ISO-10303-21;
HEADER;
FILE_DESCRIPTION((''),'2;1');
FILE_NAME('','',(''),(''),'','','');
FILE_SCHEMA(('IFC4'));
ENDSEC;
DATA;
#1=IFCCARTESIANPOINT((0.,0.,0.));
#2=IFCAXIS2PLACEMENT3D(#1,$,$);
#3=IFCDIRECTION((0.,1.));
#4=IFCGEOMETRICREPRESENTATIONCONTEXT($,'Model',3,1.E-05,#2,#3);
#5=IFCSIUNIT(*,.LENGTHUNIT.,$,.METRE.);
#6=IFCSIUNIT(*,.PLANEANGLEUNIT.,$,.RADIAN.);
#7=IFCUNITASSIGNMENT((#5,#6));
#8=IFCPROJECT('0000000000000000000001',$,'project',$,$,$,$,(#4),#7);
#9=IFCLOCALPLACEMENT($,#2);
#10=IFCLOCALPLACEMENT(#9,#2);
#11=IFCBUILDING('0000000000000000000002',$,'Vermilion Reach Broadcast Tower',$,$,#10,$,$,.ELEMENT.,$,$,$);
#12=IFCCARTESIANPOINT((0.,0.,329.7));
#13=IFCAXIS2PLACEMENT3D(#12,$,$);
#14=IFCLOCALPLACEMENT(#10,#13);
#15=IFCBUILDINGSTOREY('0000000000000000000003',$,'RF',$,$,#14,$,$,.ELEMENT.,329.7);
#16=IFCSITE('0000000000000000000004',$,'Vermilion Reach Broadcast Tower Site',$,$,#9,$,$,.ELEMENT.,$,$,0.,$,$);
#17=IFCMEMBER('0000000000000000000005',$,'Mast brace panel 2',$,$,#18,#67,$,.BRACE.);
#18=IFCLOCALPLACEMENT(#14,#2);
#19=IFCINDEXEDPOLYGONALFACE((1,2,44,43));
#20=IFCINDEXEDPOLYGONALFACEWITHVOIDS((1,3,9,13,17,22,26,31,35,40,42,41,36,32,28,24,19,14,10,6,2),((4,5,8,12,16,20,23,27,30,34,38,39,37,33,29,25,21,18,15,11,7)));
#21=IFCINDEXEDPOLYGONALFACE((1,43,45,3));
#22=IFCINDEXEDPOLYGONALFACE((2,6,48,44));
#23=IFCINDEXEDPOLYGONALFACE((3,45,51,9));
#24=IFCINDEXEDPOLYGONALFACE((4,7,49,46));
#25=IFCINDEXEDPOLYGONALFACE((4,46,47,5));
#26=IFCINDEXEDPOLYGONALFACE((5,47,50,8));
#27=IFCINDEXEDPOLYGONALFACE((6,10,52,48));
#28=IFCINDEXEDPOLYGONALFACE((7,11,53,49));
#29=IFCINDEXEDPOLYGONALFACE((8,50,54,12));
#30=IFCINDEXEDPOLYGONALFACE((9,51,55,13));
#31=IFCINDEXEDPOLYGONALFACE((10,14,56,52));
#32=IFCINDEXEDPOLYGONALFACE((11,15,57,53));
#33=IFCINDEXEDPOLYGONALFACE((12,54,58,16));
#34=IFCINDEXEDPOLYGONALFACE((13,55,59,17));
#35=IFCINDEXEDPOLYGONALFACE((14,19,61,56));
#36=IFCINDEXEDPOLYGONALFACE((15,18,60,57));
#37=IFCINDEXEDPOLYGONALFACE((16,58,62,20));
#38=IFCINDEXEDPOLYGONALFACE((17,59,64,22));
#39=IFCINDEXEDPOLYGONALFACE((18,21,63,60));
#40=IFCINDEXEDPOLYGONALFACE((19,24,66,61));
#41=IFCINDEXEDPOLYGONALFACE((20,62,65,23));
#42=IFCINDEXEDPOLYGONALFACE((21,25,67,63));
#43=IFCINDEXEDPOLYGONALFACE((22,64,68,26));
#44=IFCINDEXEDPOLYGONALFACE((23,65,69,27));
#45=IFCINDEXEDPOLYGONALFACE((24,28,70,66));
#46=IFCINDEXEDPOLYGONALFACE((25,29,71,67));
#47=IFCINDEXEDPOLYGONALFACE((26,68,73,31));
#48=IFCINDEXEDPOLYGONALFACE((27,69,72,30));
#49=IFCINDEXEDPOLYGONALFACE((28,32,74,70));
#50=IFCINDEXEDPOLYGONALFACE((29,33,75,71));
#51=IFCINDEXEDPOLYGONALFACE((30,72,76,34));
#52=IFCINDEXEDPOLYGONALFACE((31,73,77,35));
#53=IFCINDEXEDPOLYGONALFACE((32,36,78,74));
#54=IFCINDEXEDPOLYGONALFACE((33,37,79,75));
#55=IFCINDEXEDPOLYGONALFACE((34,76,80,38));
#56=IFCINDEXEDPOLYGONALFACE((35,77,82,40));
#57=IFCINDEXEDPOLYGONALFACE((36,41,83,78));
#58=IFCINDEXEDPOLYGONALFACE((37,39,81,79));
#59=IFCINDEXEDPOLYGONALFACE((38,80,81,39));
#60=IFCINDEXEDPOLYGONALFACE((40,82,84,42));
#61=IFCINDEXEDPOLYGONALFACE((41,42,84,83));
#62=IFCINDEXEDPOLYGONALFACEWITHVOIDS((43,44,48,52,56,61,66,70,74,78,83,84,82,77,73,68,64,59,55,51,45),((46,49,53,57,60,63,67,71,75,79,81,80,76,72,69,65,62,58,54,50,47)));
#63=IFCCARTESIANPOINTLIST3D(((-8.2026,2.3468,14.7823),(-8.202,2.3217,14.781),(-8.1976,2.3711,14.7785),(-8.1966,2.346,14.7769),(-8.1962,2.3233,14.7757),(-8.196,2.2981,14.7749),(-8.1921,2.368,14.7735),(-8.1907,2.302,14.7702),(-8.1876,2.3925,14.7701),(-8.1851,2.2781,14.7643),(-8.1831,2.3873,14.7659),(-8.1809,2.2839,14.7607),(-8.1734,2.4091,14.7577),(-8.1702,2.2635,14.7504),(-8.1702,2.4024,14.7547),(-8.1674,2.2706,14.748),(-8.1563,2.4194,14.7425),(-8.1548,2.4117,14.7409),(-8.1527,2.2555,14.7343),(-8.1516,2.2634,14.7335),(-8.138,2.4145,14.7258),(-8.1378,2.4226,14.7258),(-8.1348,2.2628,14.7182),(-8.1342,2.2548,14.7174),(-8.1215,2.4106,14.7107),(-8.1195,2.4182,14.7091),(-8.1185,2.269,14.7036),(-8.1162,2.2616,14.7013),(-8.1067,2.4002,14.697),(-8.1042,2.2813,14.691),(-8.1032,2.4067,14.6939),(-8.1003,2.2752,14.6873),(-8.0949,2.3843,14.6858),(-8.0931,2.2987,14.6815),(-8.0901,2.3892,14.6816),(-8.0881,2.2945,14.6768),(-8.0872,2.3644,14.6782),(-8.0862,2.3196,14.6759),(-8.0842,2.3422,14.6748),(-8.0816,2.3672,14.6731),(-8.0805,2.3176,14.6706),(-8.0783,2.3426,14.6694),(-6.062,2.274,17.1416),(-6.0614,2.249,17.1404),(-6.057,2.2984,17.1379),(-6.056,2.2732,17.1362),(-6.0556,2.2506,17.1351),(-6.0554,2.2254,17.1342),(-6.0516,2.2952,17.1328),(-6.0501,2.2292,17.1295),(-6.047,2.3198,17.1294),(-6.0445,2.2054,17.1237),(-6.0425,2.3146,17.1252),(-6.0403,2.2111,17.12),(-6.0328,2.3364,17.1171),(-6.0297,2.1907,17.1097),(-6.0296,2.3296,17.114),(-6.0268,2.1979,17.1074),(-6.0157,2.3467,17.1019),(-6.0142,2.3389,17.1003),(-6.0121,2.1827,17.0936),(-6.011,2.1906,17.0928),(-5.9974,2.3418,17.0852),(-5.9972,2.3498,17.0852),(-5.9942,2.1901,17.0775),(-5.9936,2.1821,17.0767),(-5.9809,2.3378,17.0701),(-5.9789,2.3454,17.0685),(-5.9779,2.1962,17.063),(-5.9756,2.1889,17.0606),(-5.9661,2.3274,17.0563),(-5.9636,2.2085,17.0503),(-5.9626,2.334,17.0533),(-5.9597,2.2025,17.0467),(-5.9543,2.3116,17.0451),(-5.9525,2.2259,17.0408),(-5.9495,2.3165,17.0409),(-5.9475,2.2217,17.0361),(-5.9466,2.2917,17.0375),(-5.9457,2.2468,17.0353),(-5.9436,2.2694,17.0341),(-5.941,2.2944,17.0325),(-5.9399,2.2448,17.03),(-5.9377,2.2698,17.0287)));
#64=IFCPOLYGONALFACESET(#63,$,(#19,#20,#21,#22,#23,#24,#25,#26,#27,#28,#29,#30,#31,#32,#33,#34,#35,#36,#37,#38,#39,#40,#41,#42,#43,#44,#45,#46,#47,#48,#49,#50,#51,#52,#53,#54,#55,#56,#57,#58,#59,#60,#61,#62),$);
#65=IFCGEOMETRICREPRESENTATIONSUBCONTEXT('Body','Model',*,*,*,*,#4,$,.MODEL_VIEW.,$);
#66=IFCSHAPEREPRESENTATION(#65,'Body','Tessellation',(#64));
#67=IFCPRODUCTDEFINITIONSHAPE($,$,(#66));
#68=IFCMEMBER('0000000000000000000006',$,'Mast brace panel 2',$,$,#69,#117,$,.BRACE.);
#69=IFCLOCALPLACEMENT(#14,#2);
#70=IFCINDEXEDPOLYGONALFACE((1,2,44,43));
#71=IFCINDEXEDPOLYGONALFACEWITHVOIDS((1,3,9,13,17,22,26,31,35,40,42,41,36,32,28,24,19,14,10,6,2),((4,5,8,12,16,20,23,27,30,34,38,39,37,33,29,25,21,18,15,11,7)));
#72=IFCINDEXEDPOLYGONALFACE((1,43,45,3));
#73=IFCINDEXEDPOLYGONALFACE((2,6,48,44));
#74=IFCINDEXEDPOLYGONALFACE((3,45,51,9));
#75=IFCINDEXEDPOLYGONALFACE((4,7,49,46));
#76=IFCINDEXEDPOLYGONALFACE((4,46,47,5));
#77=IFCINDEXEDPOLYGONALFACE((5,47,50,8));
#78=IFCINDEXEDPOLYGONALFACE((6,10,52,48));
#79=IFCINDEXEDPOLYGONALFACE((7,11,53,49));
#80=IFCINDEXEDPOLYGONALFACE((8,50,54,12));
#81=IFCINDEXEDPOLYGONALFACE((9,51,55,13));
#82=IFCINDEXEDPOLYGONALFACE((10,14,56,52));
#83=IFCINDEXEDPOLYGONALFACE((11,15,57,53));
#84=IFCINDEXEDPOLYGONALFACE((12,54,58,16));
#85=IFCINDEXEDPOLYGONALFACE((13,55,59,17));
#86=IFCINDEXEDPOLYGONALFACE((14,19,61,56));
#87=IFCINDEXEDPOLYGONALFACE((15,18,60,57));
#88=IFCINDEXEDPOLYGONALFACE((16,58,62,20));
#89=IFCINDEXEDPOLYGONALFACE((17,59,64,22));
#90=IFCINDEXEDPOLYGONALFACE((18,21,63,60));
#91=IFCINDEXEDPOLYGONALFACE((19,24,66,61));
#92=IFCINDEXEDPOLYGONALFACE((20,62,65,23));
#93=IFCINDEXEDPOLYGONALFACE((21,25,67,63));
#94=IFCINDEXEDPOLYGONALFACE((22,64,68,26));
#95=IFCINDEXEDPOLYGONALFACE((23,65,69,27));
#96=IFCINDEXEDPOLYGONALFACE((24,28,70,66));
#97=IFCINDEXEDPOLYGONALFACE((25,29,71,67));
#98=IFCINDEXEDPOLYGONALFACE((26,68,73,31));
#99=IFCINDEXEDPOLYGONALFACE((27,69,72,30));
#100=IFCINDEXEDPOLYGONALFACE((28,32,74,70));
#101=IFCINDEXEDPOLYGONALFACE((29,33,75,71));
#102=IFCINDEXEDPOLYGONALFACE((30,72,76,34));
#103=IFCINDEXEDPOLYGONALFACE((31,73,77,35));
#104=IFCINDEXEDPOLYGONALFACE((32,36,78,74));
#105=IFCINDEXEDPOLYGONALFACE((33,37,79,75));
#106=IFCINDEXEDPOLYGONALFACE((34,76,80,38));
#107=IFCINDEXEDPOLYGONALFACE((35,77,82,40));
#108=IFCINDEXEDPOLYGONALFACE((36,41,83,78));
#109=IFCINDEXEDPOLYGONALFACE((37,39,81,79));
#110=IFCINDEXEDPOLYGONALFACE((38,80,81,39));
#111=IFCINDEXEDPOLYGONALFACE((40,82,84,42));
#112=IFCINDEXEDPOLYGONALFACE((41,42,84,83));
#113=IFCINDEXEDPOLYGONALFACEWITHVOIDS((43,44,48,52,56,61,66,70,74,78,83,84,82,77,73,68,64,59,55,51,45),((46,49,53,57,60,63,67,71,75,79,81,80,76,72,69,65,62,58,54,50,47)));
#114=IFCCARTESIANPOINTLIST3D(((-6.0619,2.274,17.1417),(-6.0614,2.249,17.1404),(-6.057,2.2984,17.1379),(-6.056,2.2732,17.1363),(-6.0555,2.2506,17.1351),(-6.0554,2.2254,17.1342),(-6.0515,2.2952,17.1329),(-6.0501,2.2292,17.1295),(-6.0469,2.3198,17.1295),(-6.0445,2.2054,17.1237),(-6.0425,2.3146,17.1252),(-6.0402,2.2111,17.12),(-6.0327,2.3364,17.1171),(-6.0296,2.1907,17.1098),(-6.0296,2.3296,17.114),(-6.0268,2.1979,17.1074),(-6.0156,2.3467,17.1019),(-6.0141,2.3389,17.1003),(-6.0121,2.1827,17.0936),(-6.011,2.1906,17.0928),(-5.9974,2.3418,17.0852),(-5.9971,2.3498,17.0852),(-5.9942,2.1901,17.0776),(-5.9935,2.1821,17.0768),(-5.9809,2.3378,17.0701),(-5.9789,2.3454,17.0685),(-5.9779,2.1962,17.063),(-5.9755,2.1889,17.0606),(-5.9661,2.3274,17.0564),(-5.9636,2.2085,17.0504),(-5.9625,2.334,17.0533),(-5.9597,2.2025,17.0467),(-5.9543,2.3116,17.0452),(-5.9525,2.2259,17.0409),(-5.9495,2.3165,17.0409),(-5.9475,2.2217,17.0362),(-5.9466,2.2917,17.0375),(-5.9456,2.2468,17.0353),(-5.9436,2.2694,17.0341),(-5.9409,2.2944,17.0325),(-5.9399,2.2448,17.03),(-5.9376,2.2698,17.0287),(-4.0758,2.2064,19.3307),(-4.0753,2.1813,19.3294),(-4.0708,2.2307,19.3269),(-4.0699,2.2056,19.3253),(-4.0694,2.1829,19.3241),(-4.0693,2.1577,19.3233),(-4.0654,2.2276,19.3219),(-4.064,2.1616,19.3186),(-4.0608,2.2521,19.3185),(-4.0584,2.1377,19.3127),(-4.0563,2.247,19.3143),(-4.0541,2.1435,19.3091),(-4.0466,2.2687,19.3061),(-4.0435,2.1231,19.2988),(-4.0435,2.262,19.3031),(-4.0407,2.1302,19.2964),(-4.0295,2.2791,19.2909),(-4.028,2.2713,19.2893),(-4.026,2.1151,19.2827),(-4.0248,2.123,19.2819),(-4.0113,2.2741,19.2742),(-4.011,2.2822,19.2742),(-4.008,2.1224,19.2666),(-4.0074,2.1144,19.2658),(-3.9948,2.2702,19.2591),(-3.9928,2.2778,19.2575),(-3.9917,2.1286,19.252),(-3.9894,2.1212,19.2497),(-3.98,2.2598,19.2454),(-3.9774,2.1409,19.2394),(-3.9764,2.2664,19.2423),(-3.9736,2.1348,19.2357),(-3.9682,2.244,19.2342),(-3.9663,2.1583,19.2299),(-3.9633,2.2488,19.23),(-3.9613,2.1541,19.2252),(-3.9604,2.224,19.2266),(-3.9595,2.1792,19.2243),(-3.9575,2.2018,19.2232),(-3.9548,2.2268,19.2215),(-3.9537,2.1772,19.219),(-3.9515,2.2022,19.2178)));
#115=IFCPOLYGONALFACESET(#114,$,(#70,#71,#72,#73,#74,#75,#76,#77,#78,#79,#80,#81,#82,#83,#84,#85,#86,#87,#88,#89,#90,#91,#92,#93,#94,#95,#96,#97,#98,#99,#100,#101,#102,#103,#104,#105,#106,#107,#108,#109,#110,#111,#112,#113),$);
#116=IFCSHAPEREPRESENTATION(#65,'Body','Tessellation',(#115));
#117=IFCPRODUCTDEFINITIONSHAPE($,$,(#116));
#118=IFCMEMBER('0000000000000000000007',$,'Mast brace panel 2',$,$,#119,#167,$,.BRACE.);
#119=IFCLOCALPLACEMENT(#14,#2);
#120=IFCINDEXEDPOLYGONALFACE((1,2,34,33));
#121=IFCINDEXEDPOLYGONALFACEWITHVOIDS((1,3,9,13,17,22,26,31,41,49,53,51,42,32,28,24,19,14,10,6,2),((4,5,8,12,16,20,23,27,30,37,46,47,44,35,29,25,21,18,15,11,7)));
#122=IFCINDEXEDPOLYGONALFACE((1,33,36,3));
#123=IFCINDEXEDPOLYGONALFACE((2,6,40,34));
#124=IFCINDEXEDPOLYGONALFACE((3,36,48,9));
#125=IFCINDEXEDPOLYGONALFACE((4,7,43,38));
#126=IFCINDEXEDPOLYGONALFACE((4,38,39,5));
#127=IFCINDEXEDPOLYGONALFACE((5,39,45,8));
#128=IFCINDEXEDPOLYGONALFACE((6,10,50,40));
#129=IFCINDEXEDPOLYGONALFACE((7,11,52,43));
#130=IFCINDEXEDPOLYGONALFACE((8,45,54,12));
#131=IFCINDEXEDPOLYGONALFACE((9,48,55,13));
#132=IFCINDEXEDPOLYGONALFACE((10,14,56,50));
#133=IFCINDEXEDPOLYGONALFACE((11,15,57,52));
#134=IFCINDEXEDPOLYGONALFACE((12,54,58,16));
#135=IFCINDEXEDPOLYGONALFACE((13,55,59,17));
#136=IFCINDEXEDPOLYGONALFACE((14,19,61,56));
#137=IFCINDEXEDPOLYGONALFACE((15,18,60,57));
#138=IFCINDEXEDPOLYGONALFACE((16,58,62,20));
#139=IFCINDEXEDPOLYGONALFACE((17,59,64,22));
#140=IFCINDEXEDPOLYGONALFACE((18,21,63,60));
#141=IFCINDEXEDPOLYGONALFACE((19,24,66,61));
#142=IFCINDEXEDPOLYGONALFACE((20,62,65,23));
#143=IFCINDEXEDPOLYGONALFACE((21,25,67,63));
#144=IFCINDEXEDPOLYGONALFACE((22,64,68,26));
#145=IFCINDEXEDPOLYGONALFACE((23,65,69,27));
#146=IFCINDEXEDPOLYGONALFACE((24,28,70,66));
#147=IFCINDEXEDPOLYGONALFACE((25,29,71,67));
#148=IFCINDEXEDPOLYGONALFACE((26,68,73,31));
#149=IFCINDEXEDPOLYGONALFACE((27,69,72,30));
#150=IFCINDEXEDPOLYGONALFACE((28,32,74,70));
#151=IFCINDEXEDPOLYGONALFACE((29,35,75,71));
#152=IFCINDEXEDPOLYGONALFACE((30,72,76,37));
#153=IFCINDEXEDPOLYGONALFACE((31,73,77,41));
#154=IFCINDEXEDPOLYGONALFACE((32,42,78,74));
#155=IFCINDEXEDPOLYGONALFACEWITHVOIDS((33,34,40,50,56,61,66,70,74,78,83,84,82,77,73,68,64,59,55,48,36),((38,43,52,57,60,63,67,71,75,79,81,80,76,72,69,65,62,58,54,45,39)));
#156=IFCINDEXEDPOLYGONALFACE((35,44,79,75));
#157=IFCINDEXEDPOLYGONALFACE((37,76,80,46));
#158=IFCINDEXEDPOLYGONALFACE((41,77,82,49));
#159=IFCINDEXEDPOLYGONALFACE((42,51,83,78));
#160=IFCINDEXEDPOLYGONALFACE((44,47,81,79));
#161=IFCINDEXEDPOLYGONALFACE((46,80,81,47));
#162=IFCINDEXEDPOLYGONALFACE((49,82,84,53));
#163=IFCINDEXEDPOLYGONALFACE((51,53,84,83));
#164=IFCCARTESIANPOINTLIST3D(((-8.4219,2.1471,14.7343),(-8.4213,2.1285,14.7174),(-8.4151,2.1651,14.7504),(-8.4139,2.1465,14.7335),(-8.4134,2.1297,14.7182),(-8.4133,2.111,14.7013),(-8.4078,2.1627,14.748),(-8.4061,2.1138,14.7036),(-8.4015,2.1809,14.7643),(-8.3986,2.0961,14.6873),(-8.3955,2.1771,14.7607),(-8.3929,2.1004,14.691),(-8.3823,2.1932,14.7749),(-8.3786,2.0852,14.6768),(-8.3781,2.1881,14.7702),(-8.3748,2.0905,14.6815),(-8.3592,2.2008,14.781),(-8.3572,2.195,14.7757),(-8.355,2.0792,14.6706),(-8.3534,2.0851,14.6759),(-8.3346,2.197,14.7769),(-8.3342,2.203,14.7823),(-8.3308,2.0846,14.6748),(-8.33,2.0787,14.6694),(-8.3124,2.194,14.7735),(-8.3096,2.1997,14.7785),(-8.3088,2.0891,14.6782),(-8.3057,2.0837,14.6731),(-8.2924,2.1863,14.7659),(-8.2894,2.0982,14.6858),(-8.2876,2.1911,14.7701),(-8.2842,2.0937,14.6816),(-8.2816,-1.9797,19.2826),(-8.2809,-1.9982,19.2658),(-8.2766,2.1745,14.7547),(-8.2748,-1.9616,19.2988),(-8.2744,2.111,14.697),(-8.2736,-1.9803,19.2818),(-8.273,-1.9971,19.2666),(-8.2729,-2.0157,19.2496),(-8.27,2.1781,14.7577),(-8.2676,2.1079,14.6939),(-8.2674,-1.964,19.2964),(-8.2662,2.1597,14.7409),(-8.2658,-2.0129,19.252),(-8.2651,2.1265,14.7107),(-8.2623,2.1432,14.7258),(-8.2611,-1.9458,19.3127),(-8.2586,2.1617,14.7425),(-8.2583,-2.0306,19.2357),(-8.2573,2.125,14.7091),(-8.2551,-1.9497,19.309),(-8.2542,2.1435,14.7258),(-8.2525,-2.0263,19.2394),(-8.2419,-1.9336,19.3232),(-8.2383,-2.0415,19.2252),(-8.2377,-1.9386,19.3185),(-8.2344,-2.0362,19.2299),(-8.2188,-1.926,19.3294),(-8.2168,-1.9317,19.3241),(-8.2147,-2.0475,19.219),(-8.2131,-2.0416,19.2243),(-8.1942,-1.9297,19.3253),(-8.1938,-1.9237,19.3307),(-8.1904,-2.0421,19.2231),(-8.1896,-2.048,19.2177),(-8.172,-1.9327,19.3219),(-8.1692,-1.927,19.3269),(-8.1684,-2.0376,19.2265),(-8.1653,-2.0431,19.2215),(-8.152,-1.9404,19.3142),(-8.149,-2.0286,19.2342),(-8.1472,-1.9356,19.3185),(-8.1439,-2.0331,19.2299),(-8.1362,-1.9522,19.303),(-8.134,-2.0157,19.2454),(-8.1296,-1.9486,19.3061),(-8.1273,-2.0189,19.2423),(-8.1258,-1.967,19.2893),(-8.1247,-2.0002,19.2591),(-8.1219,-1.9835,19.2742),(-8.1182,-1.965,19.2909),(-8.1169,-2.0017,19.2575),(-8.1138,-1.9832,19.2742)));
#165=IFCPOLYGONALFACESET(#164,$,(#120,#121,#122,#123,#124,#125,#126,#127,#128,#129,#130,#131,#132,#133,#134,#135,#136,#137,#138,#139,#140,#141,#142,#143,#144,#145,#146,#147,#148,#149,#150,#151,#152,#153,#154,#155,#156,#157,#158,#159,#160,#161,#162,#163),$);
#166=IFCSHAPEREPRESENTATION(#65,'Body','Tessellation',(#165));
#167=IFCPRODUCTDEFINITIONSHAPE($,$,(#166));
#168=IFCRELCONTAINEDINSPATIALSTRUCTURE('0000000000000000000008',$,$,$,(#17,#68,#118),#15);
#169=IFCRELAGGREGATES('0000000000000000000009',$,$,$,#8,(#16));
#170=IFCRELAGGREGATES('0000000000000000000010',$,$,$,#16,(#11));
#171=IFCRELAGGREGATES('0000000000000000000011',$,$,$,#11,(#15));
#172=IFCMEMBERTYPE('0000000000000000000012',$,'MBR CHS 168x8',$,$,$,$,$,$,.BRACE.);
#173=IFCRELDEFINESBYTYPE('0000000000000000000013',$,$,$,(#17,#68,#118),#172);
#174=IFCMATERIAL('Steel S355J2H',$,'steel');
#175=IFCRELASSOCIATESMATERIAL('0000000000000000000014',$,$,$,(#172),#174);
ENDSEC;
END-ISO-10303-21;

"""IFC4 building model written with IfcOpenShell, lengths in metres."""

from ifc_helpers import new_model, si_unit, direction, frame, origin, origin_2d, place, context, subcontext, project, spatial, hollow_circle, extrude, material, material_profile, profile_set, type_object, element, save


model = new_model("IFC4")

# Units and contexts
model_context = context("Model", 3, precision=1e-05, world=origin(), true_north=direction((0.0, 1.0)))
body_context = subcontext(model_context, "Body", "Model", "MODEL_VIEW")
ifc_project = project(units=[si_unit("LENGTHUNIT", "METRE"), si_unit("PLANEANGLEUNIT", "RADIAN")], contexts=[model_context])

# Site, building, storey
site_placement = place(None, origin())
site = spatial("IfcSite", under=ifc_project, at=site_placement, Name="Vermilion Reach Broadcast Tower Site", CompositionType="ELEMENT", RefElevation=0.0)
building_placement = place(site_placement, origin())
building = spatial("IfcBuilding", under=site, at=building_placement, Name="Vermilion Reach Broadcast Tower", CompositionType="ELEMENT")
storey_placement = place(building_placement, frame((0.0, 0.0, 329.7)))
storey = spatial("IfcBuildingStorey", under=building, at=storey_placement, Name="RF", CompositionType="ELEMENT", Elevation=329.7)

# Members
ifc_material = material(Name="Steel S355J2H", Category="steel")
ifc_material_profile = material_profile(ifc_material, hollow_circle(Radius=0.0842, WallThickness=0.0081, at=origin_2d()), Name="S355J2H CHS 168x8")
ifc_profile_set = profile_set([ifc_material_profile], Name="Steel S355J2H")
member_type = type_object("IfcMemberType", Name="MBR CHS 168x8", PredefinedType="BRACE", material=ifc_profile_set)
member_1_placement = place(storey_placement, frame((-8.1406, 2.3384, 14.7258), z_axis=(0.671765, -0.022831, 0.740412), x_axis=(0.033968, 0.999423, 0.0)))
element("IfcMember", 1, at=member_1_placement, inside=storey, type_object=member_type, Name="Mast brace panel 2", PredefinedType="BRACE", context=body_context, shape_type="SweptSolid", body=[
    extrude(hollow_circle(Radius=0.0842, WallThickness=0.0081, at=origin_2d()), origin(), (0.0, 0.0, 1.0), 3.1865),
])
member_2_placement = place(storey_placement, frame((-6.0, 2.2656, 17.0852), z_axis=(0.671777, -0.022874, 0.7404), x_axis=(0.034031, 0.999421, 0.0)))
element("IfcMember", 2, at=member_2_placement, inside=storey, type_object=member_type, Name="Mast brace panel 2", PredefinedType="BRACE", context=body_context, shape_type="SweptSolid", body=[
    extrude(hollow_circle(Radius=0.0842, WallThickness=0.0081, at=origin_2d()), origin(), (0.0, 0.0, 1.0), 2.9565),
])
member_3_placement = place(storey_placement, frame((-8.3384, 2.1406, 14.7258), z_axis=(0.022852, -0.671771, 0.740406), x_axis=(0.999422, 0.033998, 0.0)))
element("IfcMember", 3, at=member_3_placement, inside=storey, type_object=member_type, Name="Mast brace panel 2", PredefinedType="BRACE", context=body_context, shape_type="SweptSolid", body=[
    extrude(hollow_circle(Radius=0.0842, WallThickness=0.0081, at=origin_2d()), origin(), (0.0, 0.0, 1.0), 6.1431),
])

save(model, "model.ifc")
